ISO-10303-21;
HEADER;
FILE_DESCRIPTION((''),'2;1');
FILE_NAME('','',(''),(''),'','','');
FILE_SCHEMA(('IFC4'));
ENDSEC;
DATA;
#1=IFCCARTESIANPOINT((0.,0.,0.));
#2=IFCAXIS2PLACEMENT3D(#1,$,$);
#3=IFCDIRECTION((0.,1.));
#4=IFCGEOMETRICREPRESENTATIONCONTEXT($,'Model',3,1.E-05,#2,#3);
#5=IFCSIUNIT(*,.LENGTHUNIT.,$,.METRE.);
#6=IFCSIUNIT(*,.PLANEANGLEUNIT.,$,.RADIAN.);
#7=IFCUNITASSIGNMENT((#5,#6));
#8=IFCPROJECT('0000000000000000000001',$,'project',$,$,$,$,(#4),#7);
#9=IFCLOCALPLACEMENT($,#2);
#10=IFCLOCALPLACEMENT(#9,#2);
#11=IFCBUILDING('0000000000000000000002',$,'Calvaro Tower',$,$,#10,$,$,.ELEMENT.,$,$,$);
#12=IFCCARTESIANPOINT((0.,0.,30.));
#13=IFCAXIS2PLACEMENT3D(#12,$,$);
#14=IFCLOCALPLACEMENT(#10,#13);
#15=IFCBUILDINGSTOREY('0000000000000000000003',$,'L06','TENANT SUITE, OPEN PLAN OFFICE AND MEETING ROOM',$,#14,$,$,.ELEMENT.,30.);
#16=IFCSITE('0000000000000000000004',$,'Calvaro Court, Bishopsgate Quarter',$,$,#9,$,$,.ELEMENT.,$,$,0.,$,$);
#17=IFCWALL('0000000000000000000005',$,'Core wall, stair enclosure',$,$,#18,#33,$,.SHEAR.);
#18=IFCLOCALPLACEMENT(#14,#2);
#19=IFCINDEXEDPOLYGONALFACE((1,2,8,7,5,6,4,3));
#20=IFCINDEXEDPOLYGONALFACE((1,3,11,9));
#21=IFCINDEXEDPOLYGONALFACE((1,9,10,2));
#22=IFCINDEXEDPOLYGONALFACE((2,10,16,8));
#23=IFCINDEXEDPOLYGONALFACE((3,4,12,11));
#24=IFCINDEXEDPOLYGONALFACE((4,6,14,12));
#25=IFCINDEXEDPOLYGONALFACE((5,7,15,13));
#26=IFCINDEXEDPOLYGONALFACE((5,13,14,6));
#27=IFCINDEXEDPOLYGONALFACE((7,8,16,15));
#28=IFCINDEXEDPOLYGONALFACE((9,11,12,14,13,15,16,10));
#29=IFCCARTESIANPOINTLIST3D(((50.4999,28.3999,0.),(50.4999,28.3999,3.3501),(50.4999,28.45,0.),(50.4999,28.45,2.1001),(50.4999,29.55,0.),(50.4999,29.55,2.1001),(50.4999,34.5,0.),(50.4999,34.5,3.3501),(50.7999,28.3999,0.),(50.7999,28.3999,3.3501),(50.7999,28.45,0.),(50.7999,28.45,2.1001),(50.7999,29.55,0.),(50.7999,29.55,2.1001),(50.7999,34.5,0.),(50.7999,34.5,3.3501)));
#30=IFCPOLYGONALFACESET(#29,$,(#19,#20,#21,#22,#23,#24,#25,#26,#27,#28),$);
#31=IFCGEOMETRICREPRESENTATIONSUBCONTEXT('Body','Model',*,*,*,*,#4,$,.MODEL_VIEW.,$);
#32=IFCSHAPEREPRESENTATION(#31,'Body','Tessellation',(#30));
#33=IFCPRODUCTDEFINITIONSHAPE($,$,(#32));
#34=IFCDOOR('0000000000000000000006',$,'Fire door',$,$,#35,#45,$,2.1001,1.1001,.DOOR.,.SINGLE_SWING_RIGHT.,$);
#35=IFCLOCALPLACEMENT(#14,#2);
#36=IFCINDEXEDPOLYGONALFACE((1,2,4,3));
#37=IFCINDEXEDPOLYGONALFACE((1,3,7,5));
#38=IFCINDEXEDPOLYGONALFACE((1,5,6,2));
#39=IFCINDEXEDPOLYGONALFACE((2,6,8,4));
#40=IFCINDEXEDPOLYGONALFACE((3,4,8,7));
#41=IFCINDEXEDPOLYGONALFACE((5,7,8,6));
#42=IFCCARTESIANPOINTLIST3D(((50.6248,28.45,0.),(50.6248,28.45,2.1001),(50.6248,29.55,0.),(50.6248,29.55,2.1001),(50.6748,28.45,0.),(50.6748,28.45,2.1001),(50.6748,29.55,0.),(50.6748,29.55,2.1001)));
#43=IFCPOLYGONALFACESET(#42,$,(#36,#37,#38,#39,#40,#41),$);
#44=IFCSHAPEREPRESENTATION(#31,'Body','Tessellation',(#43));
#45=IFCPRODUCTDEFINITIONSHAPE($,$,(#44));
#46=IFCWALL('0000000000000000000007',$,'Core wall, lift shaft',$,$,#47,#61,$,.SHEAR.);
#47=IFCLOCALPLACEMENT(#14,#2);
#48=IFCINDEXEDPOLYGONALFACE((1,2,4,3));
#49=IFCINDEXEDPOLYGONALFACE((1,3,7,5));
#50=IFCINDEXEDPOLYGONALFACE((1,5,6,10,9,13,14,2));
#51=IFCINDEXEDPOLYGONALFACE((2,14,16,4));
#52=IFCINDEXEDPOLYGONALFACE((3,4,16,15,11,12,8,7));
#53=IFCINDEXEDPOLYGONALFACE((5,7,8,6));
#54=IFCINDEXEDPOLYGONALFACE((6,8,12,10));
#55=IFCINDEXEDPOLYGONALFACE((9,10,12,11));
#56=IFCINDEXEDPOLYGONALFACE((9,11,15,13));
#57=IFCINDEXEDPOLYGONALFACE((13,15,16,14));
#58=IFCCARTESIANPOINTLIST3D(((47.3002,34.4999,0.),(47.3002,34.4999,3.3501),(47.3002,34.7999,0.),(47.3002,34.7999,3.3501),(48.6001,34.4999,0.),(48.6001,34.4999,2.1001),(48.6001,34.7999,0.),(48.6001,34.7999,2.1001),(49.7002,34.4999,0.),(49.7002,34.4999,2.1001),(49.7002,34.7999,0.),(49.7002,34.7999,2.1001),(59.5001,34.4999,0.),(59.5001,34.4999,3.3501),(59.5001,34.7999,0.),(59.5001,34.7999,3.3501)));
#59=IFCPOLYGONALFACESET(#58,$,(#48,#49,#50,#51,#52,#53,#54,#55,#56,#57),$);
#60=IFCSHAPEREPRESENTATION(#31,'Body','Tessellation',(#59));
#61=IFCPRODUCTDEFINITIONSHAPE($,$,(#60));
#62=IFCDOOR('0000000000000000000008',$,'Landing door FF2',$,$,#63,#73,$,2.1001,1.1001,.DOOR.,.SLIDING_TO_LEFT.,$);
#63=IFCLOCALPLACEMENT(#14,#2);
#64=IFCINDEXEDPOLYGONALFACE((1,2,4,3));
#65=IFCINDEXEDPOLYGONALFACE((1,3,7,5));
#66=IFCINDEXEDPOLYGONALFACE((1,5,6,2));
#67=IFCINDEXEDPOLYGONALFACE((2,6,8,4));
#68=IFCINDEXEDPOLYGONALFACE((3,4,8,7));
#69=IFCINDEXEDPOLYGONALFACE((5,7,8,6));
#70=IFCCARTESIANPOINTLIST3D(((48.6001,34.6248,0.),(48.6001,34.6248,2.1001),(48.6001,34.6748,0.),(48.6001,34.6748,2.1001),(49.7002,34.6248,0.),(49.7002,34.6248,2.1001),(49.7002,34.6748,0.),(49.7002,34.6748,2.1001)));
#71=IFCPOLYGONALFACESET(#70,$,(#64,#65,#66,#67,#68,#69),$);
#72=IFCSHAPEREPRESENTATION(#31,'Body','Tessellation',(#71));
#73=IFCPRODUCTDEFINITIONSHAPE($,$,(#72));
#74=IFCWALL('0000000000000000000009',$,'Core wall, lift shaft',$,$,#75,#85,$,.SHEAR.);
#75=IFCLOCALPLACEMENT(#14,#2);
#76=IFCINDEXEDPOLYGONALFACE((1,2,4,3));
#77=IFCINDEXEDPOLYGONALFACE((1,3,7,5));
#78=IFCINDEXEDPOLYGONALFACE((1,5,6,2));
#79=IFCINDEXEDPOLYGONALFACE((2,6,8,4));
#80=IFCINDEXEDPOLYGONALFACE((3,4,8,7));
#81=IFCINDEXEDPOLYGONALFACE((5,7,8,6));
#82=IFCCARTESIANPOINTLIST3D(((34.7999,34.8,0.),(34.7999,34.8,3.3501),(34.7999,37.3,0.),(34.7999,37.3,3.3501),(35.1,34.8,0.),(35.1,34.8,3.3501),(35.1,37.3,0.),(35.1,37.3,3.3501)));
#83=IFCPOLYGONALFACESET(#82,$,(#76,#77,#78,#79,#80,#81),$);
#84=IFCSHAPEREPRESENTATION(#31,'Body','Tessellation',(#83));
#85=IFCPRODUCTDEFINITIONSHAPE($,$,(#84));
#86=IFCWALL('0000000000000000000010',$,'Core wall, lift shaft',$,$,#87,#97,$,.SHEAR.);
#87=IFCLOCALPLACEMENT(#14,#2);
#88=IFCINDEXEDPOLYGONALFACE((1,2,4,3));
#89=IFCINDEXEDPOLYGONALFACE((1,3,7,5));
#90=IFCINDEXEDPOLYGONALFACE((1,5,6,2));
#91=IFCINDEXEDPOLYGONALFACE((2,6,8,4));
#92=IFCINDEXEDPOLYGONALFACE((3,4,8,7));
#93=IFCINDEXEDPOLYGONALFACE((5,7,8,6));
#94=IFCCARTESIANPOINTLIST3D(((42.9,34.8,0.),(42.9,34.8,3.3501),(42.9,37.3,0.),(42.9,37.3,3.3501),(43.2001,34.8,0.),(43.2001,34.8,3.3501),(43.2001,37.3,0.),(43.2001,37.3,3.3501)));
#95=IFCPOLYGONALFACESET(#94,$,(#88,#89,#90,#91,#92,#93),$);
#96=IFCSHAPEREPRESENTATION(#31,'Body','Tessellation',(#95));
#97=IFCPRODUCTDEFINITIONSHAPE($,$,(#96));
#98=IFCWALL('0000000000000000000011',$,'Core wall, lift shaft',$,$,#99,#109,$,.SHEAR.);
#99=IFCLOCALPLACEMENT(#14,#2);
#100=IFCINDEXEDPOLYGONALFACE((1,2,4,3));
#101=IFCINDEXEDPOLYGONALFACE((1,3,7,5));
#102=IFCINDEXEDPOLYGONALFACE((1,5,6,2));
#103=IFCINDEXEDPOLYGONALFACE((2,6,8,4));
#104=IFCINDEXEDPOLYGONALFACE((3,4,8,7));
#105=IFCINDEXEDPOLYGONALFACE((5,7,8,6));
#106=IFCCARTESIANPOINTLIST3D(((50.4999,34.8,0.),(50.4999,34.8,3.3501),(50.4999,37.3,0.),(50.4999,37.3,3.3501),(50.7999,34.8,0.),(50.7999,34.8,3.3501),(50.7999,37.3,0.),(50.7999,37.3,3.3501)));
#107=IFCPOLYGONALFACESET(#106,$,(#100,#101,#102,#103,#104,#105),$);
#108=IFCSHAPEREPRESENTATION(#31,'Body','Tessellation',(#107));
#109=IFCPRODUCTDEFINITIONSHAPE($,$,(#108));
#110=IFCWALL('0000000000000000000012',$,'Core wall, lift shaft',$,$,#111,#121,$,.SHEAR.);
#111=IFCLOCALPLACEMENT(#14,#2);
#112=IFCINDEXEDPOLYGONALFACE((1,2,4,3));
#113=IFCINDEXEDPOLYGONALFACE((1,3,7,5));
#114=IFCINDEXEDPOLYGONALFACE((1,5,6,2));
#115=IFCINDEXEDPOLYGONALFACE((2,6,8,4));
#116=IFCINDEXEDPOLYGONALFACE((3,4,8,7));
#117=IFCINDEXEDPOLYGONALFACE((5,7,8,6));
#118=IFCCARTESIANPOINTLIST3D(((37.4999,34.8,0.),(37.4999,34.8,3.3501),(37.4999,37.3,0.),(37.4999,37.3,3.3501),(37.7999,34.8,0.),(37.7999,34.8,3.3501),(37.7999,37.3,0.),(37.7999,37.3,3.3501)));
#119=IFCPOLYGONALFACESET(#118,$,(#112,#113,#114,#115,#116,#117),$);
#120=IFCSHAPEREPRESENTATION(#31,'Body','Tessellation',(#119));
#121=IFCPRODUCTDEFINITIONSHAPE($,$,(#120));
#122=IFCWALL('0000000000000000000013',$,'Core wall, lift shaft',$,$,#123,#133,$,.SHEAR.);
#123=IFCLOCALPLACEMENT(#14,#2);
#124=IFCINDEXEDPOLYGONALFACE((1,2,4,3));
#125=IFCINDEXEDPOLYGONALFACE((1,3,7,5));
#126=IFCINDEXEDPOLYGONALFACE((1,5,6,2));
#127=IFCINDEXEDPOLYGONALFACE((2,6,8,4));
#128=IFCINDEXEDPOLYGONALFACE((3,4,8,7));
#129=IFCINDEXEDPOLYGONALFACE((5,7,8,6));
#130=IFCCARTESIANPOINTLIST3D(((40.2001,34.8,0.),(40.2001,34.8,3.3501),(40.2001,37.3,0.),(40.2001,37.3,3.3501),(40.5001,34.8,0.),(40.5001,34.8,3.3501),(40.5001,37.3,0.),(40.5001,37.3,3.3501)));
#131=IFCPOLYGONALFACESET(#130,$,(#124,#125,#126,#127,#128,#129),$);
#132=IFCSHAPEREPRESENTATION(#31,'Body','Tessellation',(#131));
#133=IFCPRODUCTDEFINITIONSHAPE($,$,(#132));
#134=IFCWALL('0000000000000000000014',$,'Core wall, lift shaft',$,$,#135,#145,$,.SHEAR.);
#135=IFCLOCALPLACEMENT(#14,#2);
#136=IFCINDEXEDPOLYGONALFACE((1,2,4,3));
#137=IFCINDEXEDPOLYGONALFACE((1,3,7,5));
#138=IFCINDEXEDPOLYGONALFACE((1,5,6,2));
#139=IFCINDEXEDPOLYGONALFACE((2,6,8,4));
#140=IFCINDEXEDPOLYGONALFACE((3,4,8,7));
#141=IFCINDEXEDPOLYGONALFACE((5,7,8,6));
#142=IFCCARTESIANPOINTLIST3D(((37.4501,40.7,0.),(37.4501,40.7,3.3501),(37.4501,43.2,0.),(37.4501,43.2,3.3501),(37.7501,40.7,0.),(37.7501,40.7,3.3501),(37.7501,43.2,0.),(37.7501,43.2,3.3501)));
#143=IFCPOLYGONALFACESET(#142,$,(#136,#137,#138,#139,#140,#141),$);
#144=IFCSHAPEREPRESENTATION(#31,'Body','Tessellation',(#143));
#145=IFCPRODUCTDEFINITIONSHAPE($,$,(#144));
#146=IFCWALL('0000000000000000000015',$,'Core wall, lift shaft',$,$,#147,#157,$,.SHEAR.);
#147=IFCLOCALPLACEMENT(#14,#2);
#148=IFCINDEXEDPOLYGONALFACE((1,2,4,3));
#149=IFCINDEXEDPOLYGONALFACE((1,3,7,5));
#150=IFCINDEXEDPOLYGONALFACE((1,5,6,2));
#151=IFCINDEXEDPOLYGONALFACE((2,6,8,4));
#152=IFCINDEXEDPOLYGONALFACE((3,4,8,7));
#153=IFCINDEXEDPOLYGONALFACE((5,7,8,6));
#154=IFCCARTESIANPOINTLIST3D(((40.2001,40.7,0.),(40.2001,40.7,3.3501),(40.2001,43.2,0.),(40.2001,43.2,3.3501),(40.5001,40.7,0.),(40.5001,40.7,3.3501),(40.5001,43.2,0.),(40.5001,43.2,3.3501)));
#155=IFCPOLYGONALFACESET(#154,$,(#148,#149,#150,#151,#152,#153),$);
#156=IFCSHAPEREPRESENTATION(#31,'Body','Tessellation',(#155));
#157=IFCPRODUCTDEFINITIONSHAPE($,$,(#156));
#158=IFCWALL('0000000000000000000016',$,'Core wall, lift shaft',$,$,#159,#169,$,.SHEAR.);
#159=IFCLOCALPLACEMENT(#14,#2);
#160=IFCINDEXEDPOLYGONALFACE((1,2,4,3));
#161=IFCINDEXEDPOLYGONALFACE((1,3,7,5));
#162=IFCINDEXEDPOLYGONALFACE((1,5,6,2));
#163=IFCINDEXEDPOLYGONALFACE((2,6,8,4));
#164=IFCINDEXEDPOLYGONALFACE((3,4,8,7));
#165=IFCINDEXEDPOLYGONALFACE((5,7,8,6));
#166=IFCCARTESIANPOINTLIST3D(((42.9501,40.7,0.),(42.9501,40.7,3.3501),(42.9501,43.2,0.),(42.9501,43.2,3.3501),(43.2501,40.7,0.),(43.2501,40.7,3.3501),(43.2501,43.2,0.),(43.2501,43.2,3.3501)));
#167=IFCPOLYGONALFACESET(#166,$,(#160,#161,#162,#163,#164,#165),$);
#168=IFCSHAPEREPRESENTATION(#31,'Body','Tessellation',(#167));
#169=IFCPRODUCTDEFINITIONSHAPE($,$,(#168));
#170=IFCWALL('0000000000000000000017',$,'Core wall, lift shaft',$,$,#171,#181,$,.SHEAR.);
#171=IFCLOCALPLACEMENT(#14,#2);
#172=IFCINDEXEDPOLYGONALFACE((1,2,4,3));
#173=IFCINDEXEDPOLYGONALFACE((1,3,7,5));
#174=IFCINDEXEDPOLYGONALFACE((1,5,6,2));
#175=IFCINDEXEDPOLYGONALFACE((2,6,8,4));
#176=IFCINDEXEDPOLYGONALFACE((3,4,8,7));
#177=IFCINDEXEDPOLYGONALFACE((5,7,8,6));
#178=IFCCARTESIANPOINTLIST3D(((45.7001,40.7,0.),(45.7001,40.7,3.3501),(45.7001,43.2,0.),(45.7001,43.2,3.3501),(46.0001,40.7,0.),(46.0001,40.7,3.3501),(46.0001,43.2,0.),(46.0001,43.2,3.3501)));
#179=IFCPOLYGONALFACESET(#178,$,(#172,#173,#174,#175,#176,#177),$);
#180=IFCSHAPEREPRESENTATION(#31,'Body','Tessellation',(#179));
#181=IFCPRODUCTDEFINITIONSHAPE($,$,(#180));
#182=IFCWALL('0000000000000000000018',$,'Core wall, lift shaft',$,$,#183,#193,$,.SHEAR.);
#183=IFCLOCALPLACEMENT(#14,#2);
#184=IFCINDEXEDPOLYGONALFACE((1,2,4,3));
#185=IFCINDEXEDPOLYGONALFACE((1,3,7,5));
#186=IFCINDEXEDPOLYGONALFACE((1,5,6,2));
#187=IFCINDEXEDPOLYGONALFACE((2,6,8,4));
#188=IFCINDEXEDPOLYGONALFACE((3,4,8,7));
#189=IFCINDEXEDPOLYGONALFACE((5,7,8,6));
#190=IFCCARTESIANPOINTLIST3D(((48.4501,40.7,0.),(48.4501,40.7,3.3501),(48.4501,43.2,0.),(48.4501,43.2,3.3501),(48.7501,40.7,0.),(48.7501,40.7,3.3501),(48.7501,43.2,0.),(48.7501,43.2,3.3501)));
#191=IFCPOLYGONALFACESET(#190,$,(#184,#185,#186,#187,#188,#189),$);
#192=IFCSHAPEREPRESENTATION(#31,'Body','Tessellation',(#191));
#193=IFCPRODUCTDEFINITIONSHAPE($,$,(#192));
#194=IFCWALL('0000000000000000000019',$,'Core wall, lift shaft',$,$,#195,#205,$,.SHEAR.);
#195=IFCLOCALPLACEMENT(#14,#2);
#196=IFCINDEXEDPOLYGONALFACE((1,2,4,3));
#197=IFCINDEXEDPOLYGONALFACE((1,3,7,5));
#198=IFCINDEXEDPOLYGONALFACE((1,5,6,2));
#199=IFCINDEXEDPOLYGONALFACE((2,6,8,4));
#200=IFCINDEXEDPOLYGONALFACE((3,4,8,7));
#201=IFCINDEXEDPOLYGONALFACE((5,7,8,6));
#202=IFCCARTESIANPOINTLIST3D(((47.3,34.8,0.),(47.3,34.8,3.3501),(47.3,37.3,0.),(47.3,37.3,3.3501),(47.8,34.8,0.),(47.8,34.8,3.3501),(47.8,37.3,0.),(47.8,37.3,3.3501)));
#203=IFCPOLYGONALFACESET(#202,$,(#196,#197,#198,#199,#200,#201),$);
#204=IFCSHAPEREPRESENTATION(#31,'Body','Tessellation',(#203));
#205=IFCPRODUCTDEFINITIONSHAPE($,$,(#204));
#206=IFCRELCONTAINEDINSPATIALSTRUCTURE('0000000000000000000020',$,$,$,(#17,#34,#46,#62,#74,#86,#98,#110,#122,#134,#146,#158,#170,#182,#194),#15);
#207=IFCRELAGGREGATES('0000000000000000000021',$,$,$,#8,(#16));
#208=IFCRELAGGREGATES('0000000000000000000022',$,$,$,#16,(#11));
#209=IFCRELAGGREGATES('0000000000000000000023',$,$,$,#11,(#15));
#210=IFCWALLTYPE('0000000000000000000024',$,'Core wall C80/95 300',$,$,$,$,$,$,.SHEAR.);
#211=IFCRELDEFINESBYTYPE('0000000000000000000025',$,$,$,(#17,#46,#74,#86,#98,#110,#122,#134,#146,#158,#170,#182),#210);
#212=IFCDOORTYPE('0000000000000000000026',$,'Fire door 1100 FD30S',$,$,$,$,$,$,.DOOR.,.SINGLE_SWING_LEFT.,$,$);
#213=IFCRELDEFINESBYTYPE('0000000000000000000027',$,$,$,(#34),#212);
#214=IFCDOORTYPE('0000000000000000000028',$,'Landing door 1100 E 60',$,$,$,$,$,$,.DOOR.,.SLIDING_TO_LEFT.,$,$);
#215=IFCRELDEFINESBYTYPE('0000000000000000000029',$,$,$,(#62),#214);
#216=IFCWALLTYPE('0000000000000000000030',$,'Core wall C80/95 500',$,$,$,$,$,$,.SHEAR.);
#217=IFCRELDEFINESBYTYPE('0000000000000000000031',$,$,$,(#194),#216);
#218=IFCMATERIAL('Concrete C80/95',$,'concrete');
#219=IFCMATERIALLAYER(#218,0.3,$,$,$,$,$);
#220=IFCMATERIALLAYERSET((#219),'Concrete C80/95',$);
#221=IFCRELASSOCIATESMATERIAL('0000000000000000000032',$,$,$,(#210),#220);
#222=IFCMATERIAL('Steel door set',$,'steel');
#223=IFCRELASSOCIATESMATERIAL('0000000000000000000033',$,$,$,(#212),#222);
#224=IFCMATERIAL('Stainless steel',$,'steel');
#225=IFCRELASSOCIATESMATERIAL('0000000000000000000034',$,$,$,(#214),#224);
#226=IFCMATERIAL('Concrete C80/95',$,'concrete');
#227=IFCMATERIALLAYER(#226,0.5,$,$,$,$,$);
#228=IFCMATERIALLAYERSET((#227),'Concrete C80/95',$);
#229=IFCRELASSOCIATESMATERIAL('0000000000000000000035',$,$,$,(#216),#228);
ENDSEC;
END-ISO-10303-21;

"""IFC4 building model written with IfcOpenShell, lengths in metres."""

from ifc_helpers import new_model, si_unit, direction, frame, frame_2d, origin, place, context, subcontext, project, spatial, rectangle, extrude, material, layer, layer_set, type_object, element, fill, save


model = new_model("IFC4")

# Units and contexts
model_context = context("Model", 3, precision=1e-05, world=origin(), true_north=direction((0.0, 1.0)))
body_context = subcontext(model_context, "Body", "Model", "MODEL_VIEW")
ifc_project = project(units=[si_unit("LENGTHUNIT", "METRE"), si_unit("PLANEANGLEUNIT", "RADIAN")], contexts=[model_context])

# Site, building, storey
site_placement = place(None, origin())
site = spatial("IfcSite", under=ifc_project, at=site_placement, Name="Calvaro Court, Bishopsgate Quarter", CompositionType="ELEMENT", RefElevation=0.0)
building_placement = place(site_placement, origin())
building = spatial("IfcBuilding", under=site, at=building_placement, Name="Calvaro Tower", CompositionType="ELEMENT")
storey_placement = place(building_placement, frame((0.0, 0.0, 30.0)))
storey = spatial("IfcBuildingStorey", under=building, at=storey_placement, Name="L06", Description="TENANT SUITE, OPEN PLAN OFFICE AND MEETING ROOM", CompositionType="ELEMENT", Elevation=30.0)

# Walls, openings, doors
ifc_material_1 = material(Name="Concrete C80/95", Category="concrete")
ifc_layer_1 = layer(ifc_material_1, 0.3)
ifc_layer_set_1 = layer_set([ifc_layer_1], Name="Concrete C80/95")
wall_type_1 = type_object("IfcWallType", Name="Core wall C80/95 300", PredefinedType="SHEAR", material=ifc_layer_set_1)
wall_1_placement = place(storey_placement, frame((50.6499, 34.5, 0.0), z_axis=(0.0, 0.0, 1.0), x_axis=(0.0, -1.0, 0.0)))
wall_1 = element("IfcWall", 1, at=wall_1_placement, inside=storey, type_object=wall_type_1, Name="Core wall, stair enclosure", PredefinedType="SHEAR", context=body_context, shape_type="SweptSolid", body=[
    extrude(rectangle(XDim=6.1001, YDim=0.3, at=frame_2d((3.05, 0.0))), origin(), (0.0, 0.0, 1.0), 3.3501),
])
opening_1_placement = place(wall_1_placement, frame((4.95, 0.0, 0.0)))
opening_1 = element("IfcOpeningElement", 2, at=opening_1_placement, cuts=wall_1, PredefinedType="OPENING", context=body_context, shape_type="SweptSolid", body=[
    extrude(rectangle(XDim=1.1001, YDim=2.1001, at=frame_2d((0.55, 1.05))), frame((0.0, 0.1599, 0.0), z_axis=(0.0, -1.0, 0.0), x_axis=(1.0, 0.0, 0.0)), (0.0, 0.0, 1.0), 0.3201),
])
ifc_material_2 = material(Name="Steel door set", Category="steel")
door_type_1 = type_object("IfcDoorType", Name="Fire door 1100 FD30S", OperationType="SINGLE_SWING_LEFT", PredefinedType="DOOR", material=ifc_material_2)
door_1_placement = place(opening_1_placement, origin())
door_1 = element("IfcDoor", 3, at=door_1_placement, inside=storey, type_object=door_type_1, Name="Fire door", OperationType="SINGLE_SWING_RIGHT", OverallHeight=2.1001, OverallWidth=1.1001, PredefinedType="DOOR", context=body_context, shape_type="SweptSolid", body=[
    extrude(rectangle(XDim=1.1001, YDim=2.1001, at=frame_2d((0.55, 1.05))), frame((0.0, 0.0249, 0.0), z_axis=(0.0, -1.0, 0.0), x_axis=(1.0, 0.0, 0.0)), (0.0, 0.0, 1.0), 0.05),
])
fill(opening_1, door_1)
wall_2_placement = place(storey_placement, frame((47.3, 34.6499, 0.0), z_axis=(0.0, 0.0, 1.0), x_axis=(1.0, 0.0, 0.0)))
wall_2 = element("IfcWall", 4, at=wall_2_placement, inside=storey, type_object=wall_type_1, Name="Core wall, lift shaft", PredefinedType="SHEAR", context=body_context, shape_type="SweptSolid", body=[
    extrude(rectangle(XDim=12.2, YDim=0.3, at=frame_2d((6.1001, 0.0))), origin(), (0.0, 0.0, 1.0), 3.3501),
])
opening_2_placement = place(wall_2_placement, frame((1.3, 0.0, 0.0)))
opening_2 = element("IfcOpeningElement", 5, at=opening_2_placement, cuts=wall_2, PredefinedType="OPENING", context=body_context, shape_type="SweptSolid", body=[
    extrude(rectangle(XDim=1.1001, YDim=2.1001, at=frame_2d((0.55, 1.05))), frame((0.0, 0.1599, 0.0), z_axis=(0.0, -1.0, 0.0), x_axis=(1.0, 0.0, 0.0)), (0.0, 0.0, 1.0), 0.3201),
])
ifc_material_3 = material(Name="Stainless steel", Category="steel")
door_type_2 = type_object("IfcDoorType", Name="Landing door 1100 E 60", OperationType="SLIDING_TO_LEFT", PredefinedType="DOOR", material=ifc_material_3)
door_2_placement = place(opening_2_placement, origin())
door_2 = element("IfcDoor", 6, at=door_2_placement, inside=storey, type_object=door_type_2, Name="Landing door FF2", OperationType="SLIDING_TO_LEFT", OverallHeight=2.1001, OverallWidth=1.1001, PredefinedType="DOOR", context=body_context, shape_type="SweptSolid", body=[
    extrude(rectangle(XDim=1.1001, YDim=2.1001, at=frame_2d((0.55, 1.05))), frame((0.0, 0.0249, 0.0), z_axis=(0.0, -1.0, 0.0), x_axis=(1.0, 0.0, 0.0)), (0.0, 0.0, 1.0), 0.05),
])
fill(opening_2, door_2)

# Walls
for number, where, z_axis, x_axis, name in (
    (7, (34.95, 34.8, 0.0), (0.0, 0.0, 1.0), (0.0, 1.0, 0.0), "Core wall, lift shaft"),
    (8, (43.05, 34.8, 0.0), (0.0, 0.0, 1.0), (0.0, 1.0, 0.0), "Core wall, lift shaft"),
    (9, (50.6499, 34.8, 0.0), (0.0, 0.0, 1.0), (0.0, 1.0, 0.0), "Core wall, lift shaft"),
    (10, (37.6499, 34.8, 0.0), (0.0, 0.0, 1.0), (0.0, 1.0, 0.0), "Core wall, lift shaft"),
    (11, (40.3501, 34.8, 0.0), (0.0, 0.0, 1.0), (0.0, 1.0, 0.0), "Core wall, lift shaft"),
    (12, (37.6001, 40.7, 0.0), (0.0, 0.0, 1.0), (0.0, 1.0, 0.0), "Core wall, lift shaft"),
    (13, (40.3501, 40.7, 0.0), (0.0, 0.0, 1.0), (0.0, 1.0, 0.0), "Core wall, lift shaft"),
    (14, (43.1001, 40.7, 0.0), (0.0, 0.0, 1.0), (0.0, 1.0, 0.0), "Core wall, lift shaft"),
    (15, (45.8501, 40.7, 0.0), (0.0, 0.0, 1.0), (0.0, 1.0, 0.0), "Core wall, lift shaft"),
    (16, (48.6001, 40.7, 0.0), (0.0, 0.0, 1.0), (0.0, 1.0, 0.0), "Core wall, lift shaft"),
):
    element("IfcWall", number, at=place(storey_placement, frame(where, z_axis=z_axis, x_axis=x_axis)), inside=storey, type_object=wall_type_1, Name=name, PredefinedType="SHEAR", context=body_context, shape_type="SweptSolid", body=[
        extrude(rectangle(XDim=2.5, YDim=0.3, at=frame_2d((1.25, 0.0))), origin(), (0.0, 0.0, 1.0), 3.3501),
    ])
ifc_material_4 = material(Name="Concrete C80/95", Category="concrete")
ifc_layer_2 = layer(ifc_material_4, 0.5)
ifc_layer_set_2 = layer_set([ifc_layer_2], Name="Concrete C80/95")
wall_type_2 = type_object("IfcWallType", Name="Core wall C80/95 500", PredefinedType="SHEAR", material=ifc_layer_set_2)
wall_3_placement = place(storey_placement, frame((47.55, 34.8, 0.0), z_axis=(0.0, 0.0, 1.0), x_axis=(0.0, 1.0, 0.0)))
element("IfcWall", 17, at=wall_3_placement, inside=storey, type_object=wall_type_2, Name="Core wall, lift shaft", PredefinedType="SHEAR", context=body_context, shape_type="SweptSolid", body=[
    extrude(rectangle(XDim=2.5, YDim=0.5, at=frame_2d((1.25, 0.0))), origin(), (0.0, 0.0, 1.0), 3.3501),
])

save(model, "model.ifc")
